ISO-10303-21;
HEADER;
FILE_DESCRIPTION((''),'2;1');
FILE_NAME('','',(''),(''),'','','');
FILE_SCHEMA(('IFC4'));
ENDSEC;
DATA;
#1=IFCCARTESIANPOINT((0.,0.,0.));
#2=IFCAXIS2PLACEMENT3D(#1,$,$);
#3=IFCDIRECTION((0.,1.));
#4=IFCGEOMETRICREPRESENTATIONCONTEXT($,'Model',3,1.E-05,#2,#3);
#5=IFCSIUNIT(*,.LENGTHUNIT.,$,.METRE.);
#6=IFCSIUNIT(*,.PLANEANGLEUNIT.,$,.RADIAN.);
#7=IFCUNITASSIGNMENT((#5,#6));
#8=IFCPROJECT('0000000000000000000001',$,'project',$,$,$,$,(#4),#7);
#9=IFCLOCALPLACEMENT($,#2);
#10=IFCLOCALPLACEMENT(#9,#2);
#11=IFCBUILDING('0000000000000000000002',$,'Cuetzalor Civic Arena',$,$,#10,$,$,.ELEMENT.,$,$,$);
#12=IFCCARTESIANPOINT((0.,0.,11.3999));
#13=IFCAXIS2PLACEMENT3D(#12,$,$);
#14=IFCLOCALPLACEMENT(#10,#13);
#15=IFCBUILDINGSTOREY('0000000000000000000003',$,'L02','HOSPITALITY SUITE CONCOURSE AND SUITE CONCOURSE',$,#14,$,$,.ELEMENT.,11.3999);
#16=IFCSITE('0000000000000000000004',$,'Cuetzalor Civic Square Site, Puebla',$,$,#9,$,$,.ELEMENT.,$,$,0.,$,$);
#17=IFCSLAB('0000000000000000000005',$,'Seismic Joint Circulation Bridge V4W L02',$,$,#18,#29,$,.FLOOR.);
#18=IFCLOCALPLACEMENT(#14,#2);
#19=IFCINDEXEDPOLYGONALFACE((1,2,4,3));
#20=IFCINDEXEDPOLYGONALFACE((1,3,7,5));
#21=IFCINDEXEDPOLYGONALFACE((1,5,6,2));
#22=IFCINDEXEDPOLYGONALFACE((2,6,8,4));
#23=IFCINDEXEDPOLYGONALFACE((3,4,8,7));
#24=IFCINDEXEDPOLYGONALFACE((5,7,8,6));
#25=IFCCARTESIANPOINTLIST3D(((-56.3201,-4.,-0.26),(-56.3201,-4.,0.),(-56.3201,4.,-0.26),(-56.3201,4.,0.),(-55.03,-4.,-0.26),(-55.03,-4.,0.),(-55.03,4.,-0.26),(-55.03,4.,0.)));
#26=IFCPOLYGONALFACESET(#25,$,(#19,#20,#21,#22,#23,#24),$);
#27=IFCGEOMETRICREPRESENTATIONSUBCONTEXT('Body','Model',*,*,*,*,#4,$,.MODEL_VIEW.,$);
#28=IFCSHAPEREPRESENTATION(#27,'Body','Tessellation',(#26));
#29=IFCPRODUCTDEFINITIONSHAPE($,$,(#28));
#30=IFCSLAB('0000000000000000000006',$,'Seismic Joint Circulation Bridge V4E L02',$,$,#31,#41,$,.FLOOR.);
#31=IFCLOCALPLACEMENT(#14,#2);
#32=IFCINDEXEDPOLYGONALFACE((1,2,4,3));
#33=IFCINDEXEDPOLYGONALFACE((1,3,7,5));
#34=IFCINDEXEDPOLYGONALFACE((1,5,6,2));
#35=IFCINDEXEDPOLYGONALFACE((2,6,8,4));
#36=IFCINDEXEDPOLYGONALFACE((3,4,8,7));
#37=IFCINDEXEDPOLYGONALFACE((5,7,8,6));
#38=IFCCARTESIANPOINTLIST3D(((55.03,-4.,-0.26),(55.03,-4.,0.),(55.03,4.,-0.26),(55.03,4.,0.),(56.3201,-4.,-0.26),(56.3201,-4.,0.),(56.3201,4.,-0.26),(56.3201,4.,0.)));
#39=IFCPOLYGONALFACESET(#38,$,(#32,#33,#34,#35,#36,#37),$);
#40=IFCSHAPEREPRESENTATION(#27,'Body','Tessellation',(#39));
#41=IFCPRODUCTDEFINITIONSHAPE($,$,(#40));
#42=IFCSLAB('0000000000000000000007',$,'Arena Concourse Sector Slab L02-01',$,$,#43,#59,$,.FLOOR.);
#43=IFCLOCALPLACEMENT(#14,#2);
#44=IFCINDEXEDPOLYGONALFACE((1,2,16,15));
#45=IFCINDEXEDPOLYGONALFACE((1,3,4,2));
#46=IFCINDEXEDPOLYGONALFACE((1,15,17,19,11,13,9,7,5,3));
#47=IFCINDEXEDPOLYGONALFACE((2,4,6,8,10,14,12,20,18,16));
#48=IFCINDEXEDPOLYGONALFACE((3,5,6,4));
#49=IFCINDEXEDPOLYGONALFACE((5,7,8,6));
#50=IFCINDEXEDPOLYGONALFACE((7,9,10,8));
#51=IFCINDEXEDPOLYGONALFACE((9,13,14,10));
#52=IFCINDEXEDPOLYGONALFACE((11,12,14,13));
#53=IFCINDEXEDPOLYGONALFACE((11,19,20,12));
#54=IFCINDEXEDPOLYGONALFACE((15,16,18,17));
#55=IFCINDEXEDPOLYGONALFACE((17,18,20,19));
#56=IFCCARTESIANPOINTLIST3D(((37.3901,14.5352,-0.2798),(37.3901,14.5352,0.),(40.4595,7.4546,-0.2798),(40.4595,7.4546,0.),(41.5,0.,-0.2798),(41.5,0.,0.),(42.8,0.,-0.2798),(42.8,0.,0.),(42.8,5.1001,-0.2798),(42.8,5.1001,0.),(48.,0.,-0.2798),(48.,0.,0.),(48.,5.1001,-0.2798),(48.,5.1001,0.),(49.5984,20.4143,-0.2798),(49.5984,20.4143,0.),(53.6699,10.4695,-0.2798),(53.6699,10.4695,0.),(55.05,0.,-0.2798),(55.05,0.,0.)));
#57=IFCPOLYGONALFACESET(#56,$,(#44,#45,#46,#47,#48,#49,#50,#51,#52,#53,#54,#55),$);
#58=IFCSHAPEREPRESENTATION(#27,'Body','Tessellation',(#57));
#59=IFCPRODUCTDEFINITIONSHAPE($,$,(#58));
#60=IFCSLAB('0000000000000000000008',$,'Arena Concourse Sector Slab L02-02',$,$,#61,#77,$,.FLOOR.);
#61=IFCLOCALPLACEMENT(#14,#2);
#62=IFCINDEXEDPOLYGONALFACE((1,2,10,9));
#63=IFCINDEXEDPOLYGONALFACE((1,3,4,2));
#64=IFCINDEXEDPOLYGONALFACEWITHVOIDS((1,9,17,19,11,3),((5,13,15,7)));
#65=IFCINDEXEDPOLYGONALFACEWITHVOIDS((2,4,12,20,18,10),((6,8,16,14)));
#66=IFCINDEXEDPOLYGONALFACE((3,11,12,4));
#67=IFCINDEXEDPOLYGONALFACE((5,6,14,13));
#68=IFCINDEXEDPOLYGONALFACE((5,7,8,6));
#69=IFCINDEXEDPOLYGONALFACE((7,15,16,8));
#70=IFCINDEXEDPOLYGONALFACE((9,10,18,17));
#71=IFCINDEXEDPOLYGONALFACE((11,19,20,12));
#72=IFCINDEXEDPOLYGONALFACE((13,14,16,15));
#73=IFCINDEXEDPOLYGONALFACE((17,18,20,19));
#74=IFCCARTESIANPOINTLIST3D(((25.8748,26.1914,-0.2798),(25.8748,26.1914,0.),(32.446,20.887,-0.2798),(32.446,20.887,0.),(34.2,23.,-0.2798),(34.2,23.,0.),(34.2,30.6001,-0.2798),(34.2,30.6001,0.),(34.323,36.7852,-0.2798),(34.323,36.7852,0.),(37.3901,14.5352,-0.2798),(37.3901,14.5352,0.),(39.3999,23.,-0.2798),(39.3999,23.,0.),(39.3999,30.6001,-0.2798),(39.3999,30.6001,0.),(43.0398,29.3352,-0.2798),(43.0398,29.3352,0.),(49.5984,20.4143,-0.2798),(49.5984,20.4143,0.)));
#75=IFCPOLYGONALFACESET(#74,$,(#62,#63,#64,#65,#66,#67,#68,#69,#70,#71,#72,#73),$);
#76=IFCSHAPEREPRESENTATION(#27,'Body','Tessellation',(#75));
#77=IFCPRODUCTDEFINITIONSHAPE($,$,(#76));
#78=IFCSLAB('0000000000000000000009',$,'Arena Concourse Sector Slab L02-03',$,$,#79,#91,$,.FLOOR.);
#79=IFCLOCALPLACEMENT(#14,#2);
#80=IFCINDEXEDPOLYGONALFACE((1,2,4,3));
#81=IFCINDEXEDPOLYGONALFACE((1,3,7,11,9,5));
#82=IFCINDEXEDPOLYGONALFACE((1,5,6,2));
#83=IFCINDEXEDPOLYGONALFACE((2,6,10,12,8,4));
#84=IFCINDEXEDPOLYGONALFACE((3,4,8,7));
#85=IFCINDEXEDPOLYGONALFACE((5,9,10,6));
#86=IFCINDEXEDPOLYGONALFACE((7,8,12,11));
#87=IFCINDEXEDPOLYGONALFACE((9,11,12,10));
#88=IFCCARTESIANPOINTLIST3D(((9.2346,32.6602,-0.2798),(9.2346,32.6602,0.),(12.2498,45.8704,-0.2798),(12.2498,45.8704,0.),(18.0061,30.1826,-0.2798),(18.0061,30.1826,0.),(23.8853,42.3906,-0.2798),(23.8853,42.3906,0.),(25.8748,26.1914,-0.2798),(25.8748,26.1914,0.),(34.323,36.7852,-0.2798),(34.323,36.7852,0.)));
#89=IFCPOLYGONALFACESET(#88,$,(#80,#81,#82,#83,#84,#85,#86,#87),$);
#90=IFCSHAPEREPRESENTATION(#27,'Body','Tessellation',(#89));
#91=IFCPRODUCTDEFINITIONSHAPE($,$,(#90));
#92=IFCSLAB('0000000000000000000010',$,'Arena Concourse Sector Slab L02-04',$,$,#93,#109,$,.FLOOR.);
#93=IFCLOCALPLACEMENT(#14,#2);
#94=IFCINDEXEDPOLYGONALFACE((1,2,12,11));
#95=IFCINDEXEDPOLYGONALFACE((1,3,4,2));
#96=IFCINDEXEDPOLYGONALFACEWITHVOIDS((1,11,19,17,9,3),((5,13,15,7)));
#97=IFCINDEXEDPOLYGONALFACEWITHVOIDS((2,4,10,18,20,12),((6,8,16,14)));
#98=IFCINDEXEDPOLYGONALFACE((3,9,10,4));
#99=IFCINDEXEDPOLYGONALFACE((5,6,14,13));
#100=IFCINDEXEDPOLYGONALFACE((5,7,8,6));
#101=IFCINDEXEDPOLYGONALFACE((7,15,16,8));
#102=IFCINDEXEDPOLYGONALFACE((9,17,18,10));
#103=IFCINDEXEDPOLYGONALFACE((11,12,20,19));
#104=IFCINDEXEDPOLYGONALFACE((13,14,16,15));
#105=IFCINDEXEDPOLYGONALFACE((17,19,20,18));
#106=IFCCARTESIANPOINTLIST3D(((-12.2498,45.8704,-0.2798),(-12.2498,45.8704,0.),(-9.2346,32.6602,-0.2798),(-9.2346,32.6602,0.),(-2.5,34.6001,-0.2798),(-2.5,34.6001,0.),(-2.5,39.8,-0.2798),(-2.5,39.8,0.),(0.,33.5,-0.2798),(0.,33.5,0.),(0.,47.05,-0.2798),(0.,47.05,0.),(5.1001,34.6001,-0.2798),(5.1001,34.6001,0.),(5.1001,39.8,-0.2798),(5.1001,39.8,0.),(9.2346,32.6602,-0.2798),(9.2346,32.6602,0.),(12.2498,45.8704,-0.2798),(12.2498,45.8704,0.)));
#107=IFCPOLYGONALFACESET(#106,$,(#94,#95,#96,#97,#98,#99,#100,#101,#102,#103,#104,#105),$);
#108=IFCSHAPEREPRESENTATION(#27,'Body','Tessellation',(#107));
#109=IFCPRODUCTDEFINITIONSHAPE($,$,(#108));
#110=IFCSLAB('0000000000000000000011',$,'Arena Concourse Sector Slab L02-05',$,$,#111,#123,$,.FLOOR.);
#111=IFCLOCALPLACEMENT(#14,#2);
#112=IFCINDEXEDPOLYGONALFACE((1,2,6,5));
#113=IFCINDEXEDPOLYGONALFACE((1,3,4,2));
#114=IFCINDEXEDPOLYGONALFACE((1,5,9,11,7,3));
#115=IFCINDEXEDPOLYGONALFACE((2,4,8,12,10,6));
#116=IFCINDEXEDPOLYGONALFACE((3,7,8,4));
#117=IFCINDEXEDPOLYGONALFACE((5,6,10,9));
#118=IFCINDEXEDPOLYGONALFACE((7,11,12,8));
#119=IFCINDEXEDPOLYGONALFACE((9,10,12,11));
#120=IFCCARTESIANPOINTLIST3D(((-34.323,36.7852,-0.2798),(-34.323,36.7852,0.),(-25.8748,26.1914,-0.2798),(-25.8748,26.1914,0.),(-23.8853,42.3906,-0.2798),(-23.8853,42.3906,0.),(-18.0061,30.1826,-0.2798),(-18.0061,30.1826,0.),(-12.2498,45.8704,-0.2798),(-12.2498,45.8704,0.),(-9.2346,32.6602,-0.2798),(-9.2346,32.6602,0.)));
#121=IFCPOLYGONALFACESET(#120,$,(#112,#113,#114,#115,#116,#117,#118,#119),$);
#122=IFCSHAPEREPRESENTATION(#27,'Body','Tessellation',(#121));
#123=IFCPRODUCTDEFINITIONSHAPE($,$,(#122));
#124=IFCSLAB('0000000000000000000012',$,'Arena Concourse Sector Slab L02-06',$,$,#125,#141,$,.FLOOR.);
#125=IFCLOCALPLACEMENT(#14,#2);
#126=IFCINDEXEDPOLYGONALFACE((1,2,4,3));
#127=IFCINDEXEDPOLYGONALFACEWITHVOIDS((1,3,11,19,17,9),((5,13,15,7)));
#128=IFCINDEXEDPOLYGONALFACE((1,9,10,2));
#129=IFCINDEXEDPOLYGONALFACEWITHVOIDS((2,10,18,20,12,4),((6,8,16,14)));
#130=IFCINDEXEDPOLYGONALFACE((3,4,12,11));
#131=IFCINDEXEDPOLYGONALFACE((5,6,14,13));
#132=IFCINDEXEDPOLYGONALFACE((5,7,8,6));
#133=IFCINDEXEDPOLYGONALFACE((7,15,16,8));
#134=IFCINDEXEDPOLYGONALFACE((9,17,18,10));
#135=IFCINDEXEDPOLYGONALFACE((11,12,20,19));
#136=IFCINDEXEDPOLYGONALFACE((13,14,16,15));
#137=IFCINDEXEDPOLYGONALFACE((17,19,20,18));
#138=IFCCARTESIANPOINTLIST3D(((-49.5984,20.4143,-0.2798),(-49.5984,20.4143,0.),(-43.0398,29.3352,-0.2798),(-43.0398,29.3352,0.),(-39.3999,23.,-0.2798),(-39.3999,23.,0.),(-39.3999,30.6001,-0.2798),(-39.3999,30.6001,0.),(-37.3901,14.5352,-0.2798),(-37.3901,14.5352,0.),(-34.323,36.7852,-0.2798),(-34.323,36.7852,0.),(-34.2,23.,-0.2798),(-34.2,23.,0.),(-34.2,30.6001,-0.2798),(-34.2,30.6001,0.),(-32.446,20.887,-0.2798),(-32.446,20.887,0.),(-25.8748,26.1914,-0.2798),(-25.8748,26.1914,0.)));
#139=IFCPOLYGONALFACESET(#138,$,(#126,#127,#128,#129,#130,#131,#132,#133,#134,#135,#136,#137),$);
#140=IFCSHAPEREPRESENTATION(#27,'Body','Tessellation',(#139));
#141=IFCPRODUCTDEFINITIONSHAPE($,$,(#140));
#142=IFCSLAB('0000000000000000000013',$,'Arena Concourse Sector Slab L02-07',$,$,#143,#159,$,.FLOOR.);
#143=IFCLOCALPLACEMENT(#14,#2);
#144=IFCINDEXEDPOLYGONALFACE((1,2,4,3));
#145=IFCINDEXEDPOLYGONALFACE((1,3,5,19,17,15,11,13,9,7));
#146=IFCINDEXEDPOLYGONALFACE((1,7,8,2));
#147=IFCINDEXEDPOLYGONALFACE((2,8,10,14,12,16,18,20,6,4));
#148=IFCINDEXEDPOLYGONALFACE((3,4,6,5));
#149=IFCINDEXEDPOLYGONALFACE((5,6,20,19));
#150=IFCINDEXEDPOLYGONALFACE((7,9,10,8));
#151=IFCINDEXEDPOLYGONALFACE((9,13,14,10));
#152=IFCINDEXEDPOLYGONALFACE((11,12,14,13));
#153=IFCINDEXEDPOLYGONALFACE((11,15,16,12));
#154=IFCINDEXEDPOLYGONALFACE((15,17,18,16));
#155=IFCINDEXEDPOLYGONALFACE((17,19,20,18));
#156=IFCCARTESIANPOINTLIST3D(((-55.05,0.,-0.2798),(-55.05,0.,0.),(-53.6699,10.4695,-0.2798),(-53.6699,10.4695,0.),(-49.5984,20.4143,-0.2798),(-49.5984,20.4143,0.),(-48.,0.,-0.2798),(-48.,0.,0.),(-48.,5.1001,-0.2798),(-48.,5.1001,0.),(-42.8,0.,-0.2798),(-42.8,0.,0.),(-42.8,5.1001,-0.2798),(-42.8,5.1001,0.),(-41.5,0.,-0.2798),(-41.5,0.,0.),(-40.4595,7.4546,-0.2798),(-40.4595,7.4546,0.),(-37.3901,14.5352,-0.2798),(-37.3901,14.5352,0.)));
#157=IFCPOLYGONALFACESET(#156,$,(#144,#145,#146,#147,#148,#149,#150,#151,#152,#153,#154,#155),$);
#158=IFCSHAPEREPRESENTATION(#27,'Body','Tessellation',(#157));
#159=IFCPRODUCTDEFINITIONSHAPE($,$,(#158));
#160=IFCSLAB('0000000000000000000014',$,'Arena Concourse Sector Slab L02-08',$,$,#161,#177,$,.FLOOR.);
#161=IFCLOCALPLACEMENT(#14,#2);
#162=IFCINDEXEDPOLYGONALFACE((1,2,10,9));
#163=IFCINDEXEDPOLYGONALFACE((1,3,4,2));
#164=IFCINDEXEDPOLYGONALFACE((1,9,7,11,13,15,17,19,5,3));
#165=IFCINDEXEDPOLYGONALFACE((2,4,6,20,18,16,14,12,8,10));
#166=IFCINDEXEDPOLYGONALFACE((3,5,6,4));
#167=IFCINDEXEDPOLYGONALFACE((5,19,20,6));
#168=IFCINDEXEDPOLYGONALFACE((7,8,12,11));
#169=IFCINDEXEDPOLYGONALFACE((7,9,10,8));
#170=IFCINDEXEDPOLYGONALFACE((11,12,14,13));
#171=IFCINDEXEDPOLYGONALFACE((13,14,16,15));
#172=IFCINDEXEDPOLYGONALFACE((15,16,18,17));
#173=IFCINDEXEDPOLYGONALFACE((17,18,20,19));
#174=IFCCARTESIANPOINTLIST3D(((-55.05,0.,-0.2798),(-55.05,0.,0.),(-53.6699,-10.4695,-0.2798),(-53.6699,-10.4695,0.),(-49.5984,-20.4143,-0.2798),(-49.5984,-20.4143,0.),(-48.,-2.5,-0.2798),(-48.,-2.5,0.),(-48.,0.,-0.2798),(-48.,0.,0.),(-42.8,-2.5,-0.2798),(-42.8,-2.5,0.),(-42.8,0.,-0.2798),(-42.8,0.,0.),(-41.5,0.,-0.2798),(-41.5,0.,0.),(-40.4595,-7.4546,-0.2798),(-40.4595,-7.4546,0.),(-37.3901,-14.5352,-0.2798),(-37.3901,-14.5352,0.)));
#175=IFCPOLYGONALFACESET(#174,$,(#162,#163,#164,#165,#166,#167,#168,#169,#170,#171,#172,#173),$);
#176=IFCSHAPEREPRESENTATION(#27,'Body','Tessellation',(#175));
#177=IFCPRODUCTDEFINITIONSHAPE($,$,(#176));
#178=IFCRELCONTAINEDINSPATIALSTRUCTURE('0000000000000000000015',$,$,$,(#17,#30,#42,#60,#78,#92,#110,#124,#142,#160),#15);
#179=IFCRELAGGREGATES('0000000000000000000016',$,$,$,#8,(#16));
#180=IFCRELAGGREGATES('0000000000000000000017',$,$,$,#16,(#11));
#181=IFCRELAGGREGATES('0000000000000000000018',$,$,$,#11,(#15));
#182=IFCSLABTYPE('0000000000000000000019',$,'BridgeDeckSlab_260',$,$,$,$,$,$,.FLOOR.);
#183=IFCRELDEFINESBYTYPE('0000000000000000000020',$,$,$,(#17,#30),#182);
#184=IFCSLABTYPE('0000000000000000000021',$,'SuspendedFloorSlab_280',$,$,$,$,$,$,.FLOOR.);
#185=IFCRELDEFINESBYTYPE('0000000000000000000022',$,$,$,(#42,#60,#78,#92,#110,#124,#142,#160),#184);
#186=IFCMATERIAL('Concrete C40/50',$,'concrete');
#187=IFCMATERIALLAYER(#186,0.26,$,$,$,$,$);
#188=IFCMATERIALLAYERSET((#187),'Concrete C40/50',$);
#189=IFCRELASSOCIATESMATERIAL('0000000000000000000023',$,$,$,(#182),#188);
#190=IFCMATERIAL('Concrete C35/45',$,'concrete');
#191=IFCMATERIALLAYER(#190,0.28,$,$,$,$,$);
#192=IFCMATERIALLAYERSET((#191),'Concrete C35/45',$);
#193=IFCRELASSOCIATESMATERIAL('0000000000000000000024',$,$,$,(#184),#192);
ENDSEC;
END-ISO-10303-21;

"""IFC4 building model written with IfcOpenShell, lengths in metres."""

from ifc_helpers import new_model, si_unit, direction, frame, origin, place, context, subcontext, project, spatial, polyline, outline, extrude, material, layer, layer_set, type_object, element, save


model = new_model("IFC4")

# Units and contexts
model_context = context("Model", 3, precision=1e-05, world=origin(), true_north=direction((0.0, 1.0)))
body_context = subcontext(model_context, "Body", "Model", "MODEL_VIEW")
ifc_project = project(units=[si_unit("LENGTHUNIT", "METRE"), si_unit("PLANEANGLEUNIT", "RADIAN")], contexts=[model_context])

# Site, building, storey
site_placement = place(None, origin())
site = spatial("IfcSite", under=ifc_project, at=site_placement, Name="Cuetzalor Civic Square Site, Puebla", CompositionType="ELEMENT", RefElevation=0.0)
building_placement = place(site_placement, origin())
building = spatial("IfcBuilding", under=site, at=building_placement, Name="Cuetzalor Civic Arena", CompositionType="ELEMENT")
storey_placement = place(building_placement, frame((0.0, 0.0, 11.3999)))
storey = spatial("IfcBuildingStorey", under=building, at=storey_placement, Name="L02", Description="HOSPITALITY SUITE CONCOURSE AND SUITE CONCOURSE", CompositionType="ELEMENT", Elevation=11.3999)

# Slabs
ifc_material_1 = material(Name="Concrete C40/50", Category="concrete")
ifc_layer_1 = layer(ifc_material_1, 0.26)
ifc_layer_set_1 = layer_set([ifc_layer_1], Name="Concrete C40/50")
slab_type_1 = type_object("IfcSlabType", Name="BridgeDeckSlab_260", PredefinedType="FLOOR", material=ifc_layer_set_1)
slab_1_placement = place(storey_placement, frame((0.0, 0.0, -0.26)))
element("IfcSlab", 1, at=slab_1_placement, inside=storey, type_object=slab_type_1, Name="Seismic Joint Circulation Bridge V4W L02", PredefinedType="FLOOR", context=body_context, shape_type="SweptSolid", body=[
    extrude(outline(polyline([(-56.3201, -4.0), (-55.03, -4.0), (-55.03, 4.0), (-56.3201, 4.0), (-56.3201, -4.0)])), origin(), (0.0, 0.0, 1.0), 0.26),
])
slab_2_placement = place(storey_placement, frame((0.0, 0.0, -0.26)))
element("IfcSlab", 2, at=slab_2_placement, inside=storey, type_object=slab_type_1, Name="Seismic Joint Circulation Bridge V4E L02", PredefinedType="FLOOR", context=body_context, shape_type="SweptSolid", body=[
    extrude(outline(polyline([(55.03, -4.0), (56.3201, -4.0), (56.3201, 4.0), (55.03, 4.0), (55.03, -4.0)])), origin(), (0.0, 0.0, 1.0), 0.26),
])
ifc_material_2 = material(Name="Concrete C35/45", Category="concrete")
ifc_layer_2 = layer(ifc_material_2, 0.28)
ifc_layer_set_2 = layer_set([ifc_layer_2], Name="Concrete C35/45")
slab_type_2 = type_object("IfcSlabType", Name="SuspendedFloorSlab_280", PredefinedType="FLOOR", material=ifc_layer_set_2)
slab_3_placement = place(storey_placement, frame((0.0, 0.0, -0.2798)))
element("IfcSlab", 3, at=slab_3_placement, inside=storey, type_object=slab_type_2, Name="Arena Concourse Sector Slab L02-01", PredefinedType="FLOOR", context=body_context, shape_type="SweptSolid", body=[
    extrude(outline(polyline([(40.4595, 7.4546), (37.3901, 14.5352), (49.5984, 20.4143), (53.6699, 10.4695), (55.05, 0.0), (48.0, 0.0), (48.0, 5.1001), (42.8, 5.1001), (42.8, 0.0), (41.5, 0.0), (40.4595, 7.4546)])), origin(), (0.0, 0.0, 1.0), 0.2798),
])
slab_4_placement = place(storey_placement, frame((0.0, 0.0, -0.2798)))
element("IfcSlab", 4, at=slab_4_placement, inside=storey, type_object=slab_type_2, Name="Arena Concourse Sector Slab L02-02", PredefinedType="FLOOR", context=body_context, shape_type="SweptSolid", body=[
    extrude(outline(polyline([(32.446, 20.887), (25.8748, 26.1914), (34.323, 36.7852), (43.0398, 29.3352), (49.5984, 20.4143), (37.3901, 14.5352), (32.446, 20.887)]), holes=[polyline([(39.3999, 23.0), (39.3999, 30.6001), (34.2, 30.6001), (34.2, 23.0), (39.3999, 23.0)])]), origin(), (0.0, 0.0, 1.0), 0.2798),
])
slab_5_placement = place(storey_placement, frame((0.0, 0.0, -0.2798)))
element("IfcSlab", 5, at=slab_5_placement, inside=storey, type_object=slab_type_2, Name="Arena Concourse Sector Slab L02-03", PredefinedType="FLOOR", context=body_context, shape_type="SweptSolid", body=[
    extrude(outline(polyline([(25.8748, 26.1914), (18.0061, 30.1826), (9.2346, 32.6602), (12.2498, 45.8704), (23.8853, 42.3906), (34.323, 36.7852), (25.8748, 26.1914)])), origin(), (0.0, 0.0, 1.0), 0.2798),
])
slab_6_placement = place(storey_placement, frame((0.0, 0.0, -0.2798)))
element("IfcSlab", 6, at=slab_6_placement, inside=storey, type_object=slab_type_2, Name="Arena Concourse Sector Slab L02-04", PredefinedType="FLOOR", context=body_context, shape_type="SweptSolid", body=[
    extrude(outline(polyline([(0.0, 33.5), (-9.2346, 32.6602), (-12.2498, 45.8704), (0.0, 47.05), (12.2498, 45.8704), (9.2346, 32.6602), (0.0, 33.5)]), holes=[polyline([(5.1001, 34.6001), (5.1001, 39.8), (-2.5, 39.8), (-2.5, 34.6001), (5.1001, 34.6001)])]), origin(), (0.0, 0.0, 1.0), 0.2798),
])
slab_7_placement = place(storey_placement, frame((0.0, 0.0, -0.2798)))
element("IfcSlab", 7, at=slab_7_placement, inside=storey, type_object=slab_type_2, Name="Arena Concourse Sector Slab L02-05", PredefinedType="FLOOR", context=body_context, shape_type="SweptSolid", body=[
    extrude(outline(polyline([(-9.2346, 32.6602), (-18.0061, 30.1826), (-25.8748, 26.1914), (-34.323, 36.7852), (-23.8853, 42.3906), (-12.2498, 45.8704), (-9.2346, 32.6602)])), origin(), (0.0, 0.0, 1.0), 0.2798),
])
slab_8_placement = place(storey_placement, frame((0.0, 0.0, -0.2798)))
element("IfcSlab", 8, at=slab_8_placement, inside=storey, type_object=slab_type_2, Name="Arena Concourse Sector Slab L02-06", PredefinedType="FLOOR", context=body_context, shape_type="SweptSolid", body=[
    extrude(outline(polyline([(-32.446, 20.887), (-37.3901, 14.5352), (-49.5984, 20.4143), (-43.0398, 29.3352), (-34.323, 36.7852), (-25.8748, 26.1914), (-32.446, 20.887)]), holes=[polyline([(-34.2, 23.0), (-34.2, 30.6001), (-39.3999, 30.6001), (-39.3999, 23.0), (-34.2, 23.0)])]), origin(), (0.0, 0.0, 1.0), 0.2798),
])
slab_9_placement = place(storey_placement, frame((0.0, 0.0, -0.2798)))
element("IfcSlab", 9, at=slab_9_placement, inside=storey, type_object=slab_type_2, Name="Arena Concourse Sector Slab L02-07", PredefinedType="FLOOR", context=body_context, shape_type="SweptSolid", body=[
    extrude(outline(polyline([(-40.4595, 7.4546), (-41.5, 0.0), (-42.8, 0.0), (-42.8, 5.1001), (-48.0, 5.1001), (-48.0, 0.0), (-55.05, 0.0), (-53.6699, 10.4695), (-49.5984, 20.4143), (-37.3901, 14.5352), (-40.4595, 7.4546)])), origin(), (0.0, 0.0, 1.0), 0.2798),
])
slab_10_placement = place(storey_placement, frame((0.0, 0.0, -0.2798)))
element("IfcSlab", 10, at=slab_10_placement, inside=storey, type_object=slab_type_2, Name="Arena Concourse Sector Slab L02-08", PredefinedType="FLOOR", context=body_context, shape_type="SweptSolid", body=[
    extrude(outline(polyline([(-40.4595, -7.4546), (-37.3901, -14.5352), (-49.5984, -20.4143), (-53.6699, -10.4695), (-55.05, 0.0), (-48.0, 0.0), (-48.0, -2.5), (-42.8, -2.5), (-42.8, 0.0), (-41.5, 0.0), (-40.4595, -7.4546)])), origin(), (0.0, 0.0, 1.0), 0.2798),
])

save(model, "model.ifc")
